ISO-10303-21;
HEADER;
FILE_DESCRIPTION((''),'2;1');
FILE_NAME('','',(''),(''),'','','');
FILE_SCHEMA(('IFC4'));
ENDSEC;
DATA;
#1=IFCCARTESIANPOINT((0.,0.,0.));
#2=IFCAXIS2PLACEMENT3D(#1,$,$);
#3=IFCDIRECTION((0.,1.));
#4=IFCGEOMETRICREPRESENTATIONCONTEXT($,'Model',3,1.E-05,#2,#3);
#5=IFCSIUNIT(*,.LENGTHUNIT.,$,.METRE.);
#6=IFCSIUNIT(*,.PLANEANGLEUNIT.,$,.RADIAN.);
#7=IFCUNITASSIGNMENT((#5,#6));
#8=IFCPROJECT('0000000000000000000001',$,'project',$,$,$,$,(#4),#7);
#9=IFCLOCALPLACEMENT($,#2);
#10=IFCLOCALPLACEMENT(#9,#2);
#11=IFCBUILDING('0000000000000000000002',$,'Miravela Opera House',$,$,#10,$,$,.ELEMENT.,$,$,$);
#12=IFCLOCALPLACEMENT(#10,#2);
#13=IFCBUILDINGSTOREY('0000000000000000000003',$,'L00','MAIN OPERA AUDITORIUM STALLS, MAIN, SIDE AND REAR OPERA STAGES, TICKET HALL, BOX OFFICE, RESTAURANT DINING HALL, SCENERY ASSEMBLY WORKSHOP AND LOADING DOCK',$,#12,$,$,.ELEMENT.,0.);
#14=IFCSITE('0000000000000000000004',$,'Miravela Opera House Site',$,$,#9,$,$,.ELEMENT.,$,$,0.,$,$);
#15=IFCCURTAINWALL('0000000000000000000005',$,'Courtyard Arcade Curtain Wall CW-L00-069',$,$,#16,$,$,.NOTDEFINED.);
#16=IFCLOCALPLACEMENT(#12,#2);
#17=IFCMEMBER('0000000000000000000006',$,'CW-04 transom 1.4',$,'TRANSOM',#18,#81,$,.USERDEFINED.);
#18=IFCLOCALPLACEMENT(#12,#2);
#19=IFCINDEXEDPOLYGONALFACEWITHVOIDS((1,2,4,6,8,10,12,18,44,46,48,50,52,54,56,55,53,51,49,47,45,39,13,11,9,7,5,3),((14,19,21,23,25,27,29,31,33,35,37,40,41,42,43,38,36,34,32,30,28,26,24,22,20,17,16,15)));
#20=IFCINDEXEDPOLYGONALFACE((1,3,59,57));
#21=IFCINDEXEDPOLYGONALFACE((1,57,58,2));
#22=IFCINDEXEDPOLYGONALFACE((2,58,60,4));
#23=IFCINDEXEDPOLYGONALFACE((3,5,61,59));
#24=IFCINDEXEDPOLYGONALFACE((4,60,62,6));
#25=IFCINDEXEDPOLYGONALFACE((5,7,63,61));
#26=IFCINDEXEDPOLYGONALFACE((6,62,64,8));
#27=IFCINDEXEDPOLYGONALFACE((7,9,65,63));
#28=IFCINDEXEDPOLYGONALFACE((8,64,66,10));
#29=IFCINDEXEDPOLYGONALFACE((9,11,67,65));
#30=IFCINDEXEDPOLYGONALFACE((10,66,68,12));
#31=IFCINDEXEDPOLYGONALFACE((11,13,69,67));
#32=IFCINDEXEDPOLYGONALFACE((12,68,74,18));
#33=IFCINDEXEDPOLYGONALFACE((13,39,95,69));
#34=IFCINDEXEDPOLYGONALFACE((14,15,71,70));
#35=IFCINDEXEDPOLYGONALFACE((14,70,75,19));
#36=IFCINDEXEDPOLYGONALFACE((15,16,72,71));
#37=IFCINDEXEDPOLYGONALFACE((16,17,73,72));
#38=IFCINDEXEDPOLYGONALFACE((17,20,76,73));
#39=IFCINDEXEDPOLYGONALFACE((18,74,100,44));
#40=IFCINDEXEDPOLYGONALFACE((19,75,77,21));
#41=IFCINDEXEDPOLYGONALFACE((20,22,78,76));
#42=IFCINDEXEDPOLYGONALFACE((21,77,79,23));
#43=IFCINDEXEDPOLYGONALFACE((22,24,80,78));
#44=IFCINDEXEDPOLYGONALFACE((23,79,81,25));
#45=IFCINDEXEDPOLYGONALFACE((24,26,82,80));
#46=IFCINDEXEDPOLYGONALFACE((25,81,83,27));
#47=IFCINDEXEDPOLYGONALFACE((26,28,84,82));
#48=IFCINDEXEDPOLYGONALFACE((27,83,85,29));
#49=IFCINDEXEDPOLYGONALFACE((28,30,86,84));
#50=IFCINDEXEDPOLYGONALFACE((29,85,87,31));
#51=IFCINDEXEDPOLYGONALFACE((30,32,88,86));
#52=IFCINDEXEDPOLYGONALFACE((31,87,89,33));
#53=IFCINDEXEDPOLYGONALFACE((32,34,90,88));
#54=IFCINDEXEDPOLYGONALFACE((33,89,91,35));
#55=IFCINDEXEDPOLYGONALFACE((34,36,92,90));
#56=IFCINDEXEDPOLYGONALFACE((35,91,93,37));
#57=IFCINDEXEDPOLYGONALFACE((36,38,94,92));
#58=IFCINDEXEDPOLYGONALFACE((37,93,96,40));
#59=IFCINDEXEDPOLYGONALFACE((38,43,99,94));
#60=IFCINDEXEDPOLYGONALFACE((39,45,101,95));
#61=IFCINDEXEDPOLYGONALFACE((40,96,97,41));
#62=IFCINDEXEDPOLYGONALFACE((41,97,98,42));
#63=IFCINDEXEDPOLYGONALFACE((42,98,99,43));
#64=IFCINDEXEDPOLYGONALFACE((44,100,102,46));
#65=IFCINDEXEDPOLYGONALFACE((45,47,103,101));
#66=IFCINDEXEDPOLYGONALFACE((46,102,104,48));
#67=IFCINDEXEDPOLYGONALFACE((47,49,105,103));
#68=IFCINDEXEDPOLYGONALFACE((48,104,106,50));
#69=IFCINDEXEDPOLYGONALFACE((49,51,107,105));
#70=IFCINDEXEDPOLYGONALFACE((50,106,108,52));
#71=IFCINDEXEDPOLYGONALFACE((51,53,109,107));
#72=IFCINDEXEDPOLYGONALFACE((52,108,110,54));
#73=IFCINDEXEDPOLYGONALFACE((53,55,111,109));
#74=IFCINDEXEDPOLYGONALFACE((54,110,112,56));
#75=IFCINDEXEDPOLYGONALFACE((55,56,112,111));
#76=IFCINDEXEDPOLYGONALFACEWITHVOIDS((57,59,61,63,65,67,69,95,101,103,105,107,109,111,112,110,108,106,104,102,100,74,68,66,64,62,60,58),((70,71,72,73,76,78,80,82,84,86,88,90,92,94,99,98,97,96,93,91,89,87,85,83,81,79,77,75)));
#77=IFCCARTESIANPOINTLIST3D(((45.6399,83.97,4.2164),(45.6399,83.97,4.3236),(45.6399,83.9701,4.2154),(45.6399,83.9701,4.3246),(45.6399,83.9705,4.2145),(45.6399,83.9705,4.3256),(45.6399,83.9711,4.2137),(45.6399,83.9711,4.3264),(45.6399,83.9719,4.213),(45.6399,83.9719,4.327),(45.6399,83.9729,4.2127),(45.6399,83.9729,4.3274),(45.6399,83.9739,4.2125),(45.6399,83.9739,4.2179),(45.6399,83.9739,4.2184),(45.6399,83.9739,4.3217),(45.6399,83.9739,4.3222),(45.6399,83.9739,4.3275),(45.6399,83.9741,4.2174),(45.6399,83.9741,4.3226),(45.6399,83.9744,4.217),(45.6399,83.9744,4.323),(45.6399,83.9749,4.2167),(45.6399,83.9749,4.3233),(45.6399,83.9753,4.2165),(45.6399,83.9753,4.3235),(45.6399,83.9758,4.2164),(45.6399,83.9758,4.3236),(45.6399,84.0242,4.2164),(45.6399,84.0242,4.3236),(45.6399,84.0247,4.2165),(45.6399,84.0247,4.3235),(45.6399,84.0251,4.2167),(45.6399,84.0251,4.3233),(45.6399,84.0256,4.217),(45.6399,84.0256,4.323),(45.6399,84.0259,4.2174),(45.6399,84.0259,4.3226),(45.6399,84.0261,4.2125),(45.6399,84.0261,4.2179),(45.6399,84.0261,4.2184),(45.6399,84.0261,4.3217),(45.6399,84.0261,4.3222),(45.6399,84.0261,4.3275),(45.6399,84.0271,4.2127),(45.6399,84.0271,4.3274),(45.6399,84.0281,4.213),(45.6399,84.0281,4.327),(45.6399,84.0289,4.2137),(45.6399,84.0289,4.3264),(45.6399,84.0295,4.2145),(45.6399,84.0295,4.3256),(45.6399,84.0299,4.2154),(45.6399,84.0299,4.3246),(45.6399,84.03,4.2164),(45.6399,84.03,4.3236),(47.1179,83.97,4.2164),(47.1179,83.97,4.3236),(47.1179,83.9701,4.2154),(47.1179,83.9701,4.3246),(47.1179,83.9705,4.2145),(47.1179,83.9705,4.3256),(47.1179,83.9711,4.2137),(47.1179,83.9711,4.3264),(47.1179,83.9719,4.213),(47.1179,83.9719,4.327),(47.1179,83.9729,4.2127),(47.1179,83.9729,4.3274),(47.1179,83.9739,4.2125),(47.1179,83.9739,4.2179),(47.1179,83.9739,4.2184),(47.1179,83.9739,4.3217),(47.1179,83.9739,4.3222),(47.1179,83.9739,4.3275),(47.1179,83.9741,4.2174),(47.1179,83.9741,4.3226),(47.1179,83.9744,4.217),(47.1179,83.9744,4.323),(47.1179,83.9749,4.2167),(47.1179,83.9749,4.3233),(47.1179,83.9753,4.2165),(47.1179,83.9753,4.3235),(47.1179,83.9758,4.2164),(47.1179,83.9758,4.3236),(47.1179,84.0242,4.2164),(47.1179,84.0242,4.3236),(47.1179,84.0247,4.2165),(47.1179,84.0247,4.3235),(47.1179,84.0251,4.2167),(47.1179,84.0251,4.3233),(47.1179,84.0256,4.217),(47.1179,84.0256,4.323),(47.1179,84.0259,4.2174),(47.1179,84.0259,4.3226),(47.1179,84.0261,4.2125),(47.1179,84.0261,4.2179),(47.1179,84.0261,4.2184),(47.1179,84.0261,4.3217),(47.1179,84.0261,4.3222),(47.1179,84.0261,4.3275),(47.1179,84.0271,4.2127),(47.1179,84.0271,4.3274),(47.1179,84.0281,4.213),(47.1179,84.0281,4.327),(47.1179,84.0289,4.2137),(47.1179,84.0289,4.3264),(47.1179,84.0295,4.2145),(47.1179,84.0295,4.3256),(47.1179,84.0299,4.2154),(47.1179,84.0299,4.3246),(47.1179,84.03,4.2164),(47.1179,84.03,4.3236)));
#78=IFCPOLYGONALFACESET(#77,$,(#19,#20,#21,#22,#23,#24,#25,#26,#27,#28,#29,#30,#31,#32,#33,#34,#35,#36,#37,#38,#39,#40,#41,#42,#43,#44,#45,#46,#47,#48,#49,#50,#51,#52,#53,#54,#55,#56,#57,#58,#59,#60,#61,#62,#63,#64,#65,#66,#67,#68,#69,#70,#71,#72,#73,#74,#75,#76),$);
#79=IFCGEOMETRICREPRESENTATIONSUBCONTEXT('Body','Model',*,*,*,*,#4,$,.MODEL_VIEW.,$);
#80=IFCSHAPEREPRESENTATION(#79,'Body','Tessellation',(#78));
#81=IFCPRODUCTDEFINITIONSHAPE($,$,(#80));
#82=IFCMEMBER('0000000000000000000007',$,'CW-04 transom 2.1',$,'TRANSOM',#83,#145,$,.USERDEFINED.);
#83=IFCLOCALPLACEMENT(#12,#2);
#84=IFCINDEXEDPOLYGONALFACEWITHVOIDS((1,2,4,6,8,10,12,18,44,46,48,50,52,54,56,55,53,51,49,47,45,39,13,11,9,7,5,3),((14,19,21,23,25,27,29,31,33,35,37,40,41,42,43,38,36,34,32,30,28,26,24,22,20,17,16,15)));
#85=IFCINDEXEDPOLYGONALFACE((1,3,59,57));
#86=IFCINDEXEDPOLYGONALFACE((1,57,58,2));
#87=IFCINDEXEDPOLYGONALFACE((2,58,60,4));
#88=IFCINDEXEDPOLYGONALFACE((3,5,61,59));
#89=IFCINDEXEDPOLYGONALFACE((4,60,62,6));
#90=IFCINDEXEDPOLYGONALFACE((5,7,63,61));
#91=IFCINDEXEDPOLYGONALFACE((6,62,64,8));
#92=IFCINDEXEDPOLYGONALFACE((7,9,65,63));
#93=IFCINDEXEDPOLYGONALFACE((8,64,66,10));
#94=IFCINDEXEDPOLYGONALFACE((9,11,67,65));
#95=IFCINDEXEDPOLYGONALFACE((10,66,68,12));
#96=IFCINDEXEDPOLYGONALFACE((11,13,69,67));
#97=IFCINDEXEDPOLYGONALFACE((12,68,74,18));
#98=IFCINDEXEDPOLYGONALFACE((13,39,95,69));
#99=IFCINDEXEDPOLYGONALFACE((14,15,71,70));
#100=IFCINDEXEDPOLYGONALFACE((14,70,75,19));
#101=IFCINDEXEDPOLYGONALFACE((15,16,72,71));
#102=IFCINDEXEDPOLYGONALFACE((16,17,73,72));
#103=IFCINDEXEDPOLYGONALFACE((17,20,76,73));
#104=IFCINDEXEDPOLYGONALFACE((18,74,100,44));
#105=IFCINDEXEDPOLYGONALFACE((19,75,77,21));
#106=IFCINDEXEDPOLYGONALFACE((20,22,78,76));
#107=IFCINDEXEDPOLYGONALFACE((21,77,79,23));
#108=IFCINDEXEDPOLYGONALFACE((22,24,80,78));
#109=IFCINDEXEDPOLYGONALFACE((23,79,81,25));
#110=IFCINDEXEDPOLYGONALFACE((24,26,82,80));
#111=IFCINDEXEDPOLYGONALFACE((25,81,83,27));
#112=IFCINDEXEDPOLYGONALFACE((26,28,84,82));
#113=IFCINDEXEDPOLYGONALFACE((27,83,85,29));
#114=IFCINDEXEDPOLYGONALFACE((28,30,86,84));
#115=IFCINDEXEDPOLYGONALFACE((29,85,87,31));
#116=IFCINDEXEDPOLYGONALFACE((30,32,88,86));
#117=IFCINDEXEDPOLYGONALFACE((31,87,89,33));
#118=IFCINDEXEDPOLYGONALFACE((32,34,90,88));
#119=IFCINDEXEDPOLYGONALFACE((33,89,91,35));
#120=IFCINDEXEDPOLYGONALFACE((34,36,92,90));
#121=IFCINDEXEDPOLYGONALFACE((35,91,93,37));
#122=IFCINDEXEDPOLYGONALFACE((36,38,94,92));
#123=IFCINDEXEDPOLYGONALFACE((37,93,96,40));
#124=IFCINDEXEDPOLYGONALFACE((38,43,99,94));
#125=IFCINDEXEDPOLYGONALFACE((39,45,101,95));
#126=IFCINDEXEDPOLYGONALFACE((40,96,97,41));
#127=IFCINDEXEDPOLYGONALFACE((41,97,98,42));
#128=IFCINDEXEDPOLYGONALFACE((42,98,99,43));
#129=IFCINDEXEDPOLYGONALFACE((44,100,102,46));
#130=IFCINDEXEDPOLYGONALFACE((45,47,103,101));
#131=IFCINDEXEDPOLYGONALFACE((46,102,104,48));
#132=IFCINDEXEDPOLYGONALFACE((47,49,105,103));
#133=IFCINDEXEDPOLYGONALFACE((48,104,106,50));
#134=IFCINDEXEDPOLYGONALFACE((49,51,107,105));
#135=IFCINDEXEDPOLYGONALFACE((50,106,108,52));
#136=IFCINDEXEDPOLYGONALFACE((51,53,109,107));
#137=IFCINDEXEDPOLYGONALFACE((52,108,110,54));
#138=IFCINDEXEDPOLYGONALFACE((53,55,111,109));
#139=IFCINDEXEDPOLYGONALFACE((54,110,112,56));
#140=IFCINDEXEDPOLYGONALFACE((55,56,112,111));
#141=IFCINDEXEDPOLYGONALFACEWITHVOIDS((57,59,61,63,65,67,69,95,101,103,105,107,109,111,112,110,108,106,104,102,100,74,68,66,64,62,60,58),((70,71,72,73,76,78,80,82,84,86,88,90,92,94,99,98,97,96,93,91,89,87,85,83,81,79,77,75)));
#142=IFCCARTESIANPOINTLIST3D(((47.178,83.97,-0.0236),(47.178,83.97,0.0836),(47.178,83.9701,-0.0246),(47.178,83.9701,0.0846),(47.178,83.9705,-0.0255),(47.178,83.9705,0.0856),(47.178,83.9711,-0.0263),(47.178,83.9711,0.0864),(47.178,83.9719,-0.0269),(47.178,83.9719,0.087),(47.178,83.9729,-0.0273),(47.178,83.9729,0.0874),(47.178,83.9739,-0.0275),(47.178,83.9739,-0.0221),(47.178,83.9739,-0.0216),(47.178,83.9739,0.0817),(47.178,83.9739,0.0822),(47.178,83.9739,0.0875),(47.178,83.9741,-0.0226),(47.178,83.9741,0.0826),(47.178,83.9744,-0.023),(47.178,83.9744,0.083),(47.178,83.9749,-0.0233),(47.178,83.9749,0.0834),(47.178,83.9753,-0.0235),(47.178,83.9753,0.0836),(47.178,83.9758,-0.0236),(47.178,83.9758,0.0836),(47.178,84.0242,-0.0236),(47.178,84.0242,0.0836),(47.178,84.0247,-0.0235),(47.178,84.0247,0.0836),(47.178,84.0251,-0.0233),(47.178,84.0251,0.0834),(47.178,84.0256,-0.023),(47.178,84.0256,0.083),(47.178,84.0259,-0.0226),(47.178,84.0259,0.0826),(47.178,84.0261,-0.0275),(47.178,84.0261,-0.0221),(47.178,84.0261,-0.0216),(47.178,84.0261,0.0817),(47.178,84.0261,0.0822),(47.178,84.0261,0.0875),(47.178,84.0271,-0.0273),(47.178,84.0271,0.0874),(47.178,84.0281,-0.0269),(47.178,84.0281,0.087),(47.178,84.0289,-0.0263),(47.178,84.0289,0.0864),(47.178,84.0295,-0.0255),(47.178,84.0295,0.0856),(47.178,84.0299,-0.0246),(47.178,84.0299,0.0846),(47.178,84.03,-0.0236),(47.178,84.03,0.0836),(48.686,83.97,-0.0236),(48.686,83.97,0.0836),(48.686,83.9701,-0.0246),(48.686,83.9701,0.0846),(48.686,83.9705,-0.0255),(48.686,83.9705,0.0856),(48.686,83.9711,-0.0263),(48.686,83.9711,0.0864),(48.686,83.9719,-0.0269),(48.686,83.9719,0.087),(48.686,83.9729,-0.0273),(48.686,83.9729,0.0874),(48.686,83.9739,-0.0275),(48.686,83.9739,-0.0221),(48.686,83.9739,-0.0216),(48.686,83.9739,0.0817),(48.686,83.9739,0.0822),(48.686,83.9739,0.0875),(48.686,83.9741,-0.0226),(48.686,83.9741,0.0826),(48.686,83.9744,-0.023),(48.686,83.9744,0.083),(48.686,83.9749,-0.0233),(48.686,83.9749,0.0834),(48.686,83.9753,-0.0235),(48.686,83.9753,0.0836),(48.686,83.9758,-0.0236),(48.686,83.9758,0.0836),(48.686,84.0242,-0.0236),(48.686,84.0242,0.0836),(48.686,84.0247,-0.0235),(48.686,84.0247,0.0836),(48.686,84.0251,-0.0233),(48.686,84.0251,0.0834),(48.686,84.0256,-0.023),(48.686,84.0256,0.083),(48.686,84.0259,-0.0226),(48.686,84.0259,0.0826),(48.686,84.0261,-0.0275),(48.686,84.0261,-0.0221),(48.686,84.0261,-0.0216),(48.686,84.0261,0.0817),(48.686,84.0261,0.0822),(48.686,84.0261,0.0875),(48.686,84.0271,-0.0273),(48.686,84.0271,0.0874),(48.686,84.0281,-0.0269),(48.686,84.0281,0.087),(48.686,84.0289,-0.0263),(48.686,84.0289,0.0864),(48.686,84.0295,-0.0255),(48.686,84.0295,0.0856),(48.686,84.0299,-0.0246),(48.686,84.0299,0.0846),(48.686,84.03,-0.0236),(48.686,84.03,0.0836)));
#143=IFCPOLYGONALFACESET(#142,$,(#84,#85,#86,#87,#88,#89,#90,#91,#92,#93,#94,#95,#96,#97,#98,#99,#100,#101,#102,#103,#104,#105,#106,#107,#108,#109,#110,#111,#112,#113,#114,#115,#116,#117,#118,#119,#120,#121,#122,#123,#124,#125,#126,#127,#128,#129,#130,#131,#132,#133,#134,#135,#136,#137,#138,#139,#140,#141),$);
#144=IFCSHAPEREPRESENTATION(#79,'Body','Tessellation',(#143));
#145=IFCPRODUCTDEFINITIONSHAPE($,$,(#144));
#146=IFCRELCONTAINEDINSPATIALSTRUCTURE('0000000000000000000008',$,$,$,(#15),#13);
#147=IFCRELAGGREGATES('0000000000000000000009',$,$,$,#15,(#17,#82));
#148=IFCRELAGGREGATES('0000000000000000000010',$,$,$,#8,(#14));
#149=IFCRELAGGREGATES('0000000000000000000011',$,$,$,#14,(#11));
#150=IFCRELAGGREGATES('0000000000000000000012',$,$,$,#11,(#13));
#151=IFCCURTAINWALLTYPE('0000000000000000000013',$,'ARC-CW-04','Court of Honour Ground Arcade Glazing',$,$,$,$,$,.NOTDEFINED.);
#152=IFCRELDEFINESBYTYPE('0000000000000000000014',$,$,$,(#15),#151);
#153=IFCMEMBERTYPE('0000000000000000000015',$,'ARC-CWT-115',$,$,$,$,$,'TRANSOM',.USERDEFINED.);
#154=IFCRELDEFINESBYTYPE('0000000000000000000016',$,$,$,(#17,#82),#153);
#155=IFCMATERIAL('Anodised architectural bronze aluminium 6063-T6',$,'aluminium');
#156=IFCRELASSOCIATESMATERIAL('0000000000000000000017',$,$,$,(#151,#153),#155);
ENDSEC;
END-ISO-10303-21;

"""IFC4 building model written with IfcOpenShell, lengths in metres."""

from ifc_helpers import new_model, si_unit, direction, frame, origin, origin_2d, place, context, subcontext, project, spatial, hollow_rectangle, extrude, material, material_profile, profile_set, type_object, element, aggregate, save


model = new_model("IFC4")

# Units and contexts
model_context = context("Model", 3, precision=1e-05, world=origin(), true_north=direction((0.0, 1.0)))
body_context = subcontext(model_context, "Body", "Model", "MODEL_VIEW")
ifc_project = project(units=[si_unit("LENGTHUNIT", "METRE"), si_unit("PLANEANGLEUNIT", "RADIAN")], contexts=[model_context])

# Site, building, storey
site_placement = place(None, origin())
site = spatial("IfcSite", under=ifc_project, at=site_placement, Name="Miravela Opera House Site", CompositionType="ELEMENT", RefElevation=0.0)
building_placement = place(site_placement, origin())
building = spatial("IfcBuilding", under=site, at=building_placement, Name="Miravela Opera House", CompositionType="ELEMENT")
storey_placement = place(building_placement, origin())
storey = spatial("IfcBuildingStorey", under=building, at=storey_placement, Name="L00", Description="MAIN OPERA AUDITORIUM STALLS, MAIN, SIDE AND REAR OPERA STAGES, TICKET HALL, BOX OFFICE, RESTAURANT DINING HALL, SCENERY ASSEMBLY WORKSHOP AND LOADING DOCK", CompositionType="ELEMENT", Elevation=0.0)

# Shared definitions
ifc_material_1 = material(Name="Anodised architectural bronze aluminium 6063-T6", Category="aluminium")
curtain_wall_type = type_object("IfcCurtainWallType", Name="ARC-CW-04", Description="Court of Honour Ground Arcade Glazing", PredefinedType="NOTDEFINED", material=ifc_material_1)

# Curtain wall, members
curtain_wall_1_placement = place(storey_placement, origin())
curtain_wall_1 = element("IfcCurtainWall", 1, at=curtain_wall_1_placement, inside=storey, type_object=curtain_wall_type, Name="Courtyard Arcade Curtain Wall CW-L00-069", PredefinedType="NOTDEFINED")
ifc_material_profile_1 = material_profile(ifc_material_1, hollow_rectangle(XDim=0.0601, YDim=0.115, WallThickness=0.0039, InnerFilletRadius=0.002, OuterFilletRadius=0.0039, at=origin_2d()), Name="CWT-60X115")
ifc_profile_set_1 = profile_set([ifc_material_profile_1])
member_type_1 = type_object("IfcMemberType", Name="ARC-CWT-115", ElementType="TRANSOM", PredefinedType="USERDEFINED", material=ifc_profile_set_1)
member_1_placement = place(storey_placement, frame((45.6399, 84.0, 4.27), z_axis=(1.0, 0.0, 0.0), x_axis=(0.0, 1.0, 0.0)))
member_1 = element("IfcMember", 2, at=member_1_placement, type_object=member_type_1, Name="CW-04 transom 1.4", ObjectType="TRANSOM", PredefinedType="USERDEFINED", context=body_context, shape_type="SweptSolid", body=[
    extrude(hollow_rectangle(XDim=0.0601, YDim=0.115, WallThickness=0.0039, InnerFilletRadius=0.002, OuterFilletRadius=0.0039, at=origin_2d()), origin(), (0.0, 0.0, 1.0), 1.478),
])
member_2_placement = place(storey_placement, frame((47.178, 84.0, 0.03), z_axis=(1.0, 0.0, 0.0), x_axis=(0.0, 1.0, 0.0)))
member_2 = element("IfcMember", 3, at=member_2_placement, type_object=member_type_1, Name="CW-04 transom 2.1", ObjectType="TRANSOM", PredefinedType="USERDEFINED", context=body_context, shape_type="SweptSolid", body=[
    extrude(hollow_rectangle(XDim=0.0601, YDim=0.115, WallThickness=0.0039, InnerFilletRadius=0.002, OuterFilletRadius=0.0039, at=origin_2d()), origin(), (0.0, 0.0, 1.0), 1.5081),
])

aggregate(curtain_wall_1, [member_1, member_2])

save(model, "model.ifc")
